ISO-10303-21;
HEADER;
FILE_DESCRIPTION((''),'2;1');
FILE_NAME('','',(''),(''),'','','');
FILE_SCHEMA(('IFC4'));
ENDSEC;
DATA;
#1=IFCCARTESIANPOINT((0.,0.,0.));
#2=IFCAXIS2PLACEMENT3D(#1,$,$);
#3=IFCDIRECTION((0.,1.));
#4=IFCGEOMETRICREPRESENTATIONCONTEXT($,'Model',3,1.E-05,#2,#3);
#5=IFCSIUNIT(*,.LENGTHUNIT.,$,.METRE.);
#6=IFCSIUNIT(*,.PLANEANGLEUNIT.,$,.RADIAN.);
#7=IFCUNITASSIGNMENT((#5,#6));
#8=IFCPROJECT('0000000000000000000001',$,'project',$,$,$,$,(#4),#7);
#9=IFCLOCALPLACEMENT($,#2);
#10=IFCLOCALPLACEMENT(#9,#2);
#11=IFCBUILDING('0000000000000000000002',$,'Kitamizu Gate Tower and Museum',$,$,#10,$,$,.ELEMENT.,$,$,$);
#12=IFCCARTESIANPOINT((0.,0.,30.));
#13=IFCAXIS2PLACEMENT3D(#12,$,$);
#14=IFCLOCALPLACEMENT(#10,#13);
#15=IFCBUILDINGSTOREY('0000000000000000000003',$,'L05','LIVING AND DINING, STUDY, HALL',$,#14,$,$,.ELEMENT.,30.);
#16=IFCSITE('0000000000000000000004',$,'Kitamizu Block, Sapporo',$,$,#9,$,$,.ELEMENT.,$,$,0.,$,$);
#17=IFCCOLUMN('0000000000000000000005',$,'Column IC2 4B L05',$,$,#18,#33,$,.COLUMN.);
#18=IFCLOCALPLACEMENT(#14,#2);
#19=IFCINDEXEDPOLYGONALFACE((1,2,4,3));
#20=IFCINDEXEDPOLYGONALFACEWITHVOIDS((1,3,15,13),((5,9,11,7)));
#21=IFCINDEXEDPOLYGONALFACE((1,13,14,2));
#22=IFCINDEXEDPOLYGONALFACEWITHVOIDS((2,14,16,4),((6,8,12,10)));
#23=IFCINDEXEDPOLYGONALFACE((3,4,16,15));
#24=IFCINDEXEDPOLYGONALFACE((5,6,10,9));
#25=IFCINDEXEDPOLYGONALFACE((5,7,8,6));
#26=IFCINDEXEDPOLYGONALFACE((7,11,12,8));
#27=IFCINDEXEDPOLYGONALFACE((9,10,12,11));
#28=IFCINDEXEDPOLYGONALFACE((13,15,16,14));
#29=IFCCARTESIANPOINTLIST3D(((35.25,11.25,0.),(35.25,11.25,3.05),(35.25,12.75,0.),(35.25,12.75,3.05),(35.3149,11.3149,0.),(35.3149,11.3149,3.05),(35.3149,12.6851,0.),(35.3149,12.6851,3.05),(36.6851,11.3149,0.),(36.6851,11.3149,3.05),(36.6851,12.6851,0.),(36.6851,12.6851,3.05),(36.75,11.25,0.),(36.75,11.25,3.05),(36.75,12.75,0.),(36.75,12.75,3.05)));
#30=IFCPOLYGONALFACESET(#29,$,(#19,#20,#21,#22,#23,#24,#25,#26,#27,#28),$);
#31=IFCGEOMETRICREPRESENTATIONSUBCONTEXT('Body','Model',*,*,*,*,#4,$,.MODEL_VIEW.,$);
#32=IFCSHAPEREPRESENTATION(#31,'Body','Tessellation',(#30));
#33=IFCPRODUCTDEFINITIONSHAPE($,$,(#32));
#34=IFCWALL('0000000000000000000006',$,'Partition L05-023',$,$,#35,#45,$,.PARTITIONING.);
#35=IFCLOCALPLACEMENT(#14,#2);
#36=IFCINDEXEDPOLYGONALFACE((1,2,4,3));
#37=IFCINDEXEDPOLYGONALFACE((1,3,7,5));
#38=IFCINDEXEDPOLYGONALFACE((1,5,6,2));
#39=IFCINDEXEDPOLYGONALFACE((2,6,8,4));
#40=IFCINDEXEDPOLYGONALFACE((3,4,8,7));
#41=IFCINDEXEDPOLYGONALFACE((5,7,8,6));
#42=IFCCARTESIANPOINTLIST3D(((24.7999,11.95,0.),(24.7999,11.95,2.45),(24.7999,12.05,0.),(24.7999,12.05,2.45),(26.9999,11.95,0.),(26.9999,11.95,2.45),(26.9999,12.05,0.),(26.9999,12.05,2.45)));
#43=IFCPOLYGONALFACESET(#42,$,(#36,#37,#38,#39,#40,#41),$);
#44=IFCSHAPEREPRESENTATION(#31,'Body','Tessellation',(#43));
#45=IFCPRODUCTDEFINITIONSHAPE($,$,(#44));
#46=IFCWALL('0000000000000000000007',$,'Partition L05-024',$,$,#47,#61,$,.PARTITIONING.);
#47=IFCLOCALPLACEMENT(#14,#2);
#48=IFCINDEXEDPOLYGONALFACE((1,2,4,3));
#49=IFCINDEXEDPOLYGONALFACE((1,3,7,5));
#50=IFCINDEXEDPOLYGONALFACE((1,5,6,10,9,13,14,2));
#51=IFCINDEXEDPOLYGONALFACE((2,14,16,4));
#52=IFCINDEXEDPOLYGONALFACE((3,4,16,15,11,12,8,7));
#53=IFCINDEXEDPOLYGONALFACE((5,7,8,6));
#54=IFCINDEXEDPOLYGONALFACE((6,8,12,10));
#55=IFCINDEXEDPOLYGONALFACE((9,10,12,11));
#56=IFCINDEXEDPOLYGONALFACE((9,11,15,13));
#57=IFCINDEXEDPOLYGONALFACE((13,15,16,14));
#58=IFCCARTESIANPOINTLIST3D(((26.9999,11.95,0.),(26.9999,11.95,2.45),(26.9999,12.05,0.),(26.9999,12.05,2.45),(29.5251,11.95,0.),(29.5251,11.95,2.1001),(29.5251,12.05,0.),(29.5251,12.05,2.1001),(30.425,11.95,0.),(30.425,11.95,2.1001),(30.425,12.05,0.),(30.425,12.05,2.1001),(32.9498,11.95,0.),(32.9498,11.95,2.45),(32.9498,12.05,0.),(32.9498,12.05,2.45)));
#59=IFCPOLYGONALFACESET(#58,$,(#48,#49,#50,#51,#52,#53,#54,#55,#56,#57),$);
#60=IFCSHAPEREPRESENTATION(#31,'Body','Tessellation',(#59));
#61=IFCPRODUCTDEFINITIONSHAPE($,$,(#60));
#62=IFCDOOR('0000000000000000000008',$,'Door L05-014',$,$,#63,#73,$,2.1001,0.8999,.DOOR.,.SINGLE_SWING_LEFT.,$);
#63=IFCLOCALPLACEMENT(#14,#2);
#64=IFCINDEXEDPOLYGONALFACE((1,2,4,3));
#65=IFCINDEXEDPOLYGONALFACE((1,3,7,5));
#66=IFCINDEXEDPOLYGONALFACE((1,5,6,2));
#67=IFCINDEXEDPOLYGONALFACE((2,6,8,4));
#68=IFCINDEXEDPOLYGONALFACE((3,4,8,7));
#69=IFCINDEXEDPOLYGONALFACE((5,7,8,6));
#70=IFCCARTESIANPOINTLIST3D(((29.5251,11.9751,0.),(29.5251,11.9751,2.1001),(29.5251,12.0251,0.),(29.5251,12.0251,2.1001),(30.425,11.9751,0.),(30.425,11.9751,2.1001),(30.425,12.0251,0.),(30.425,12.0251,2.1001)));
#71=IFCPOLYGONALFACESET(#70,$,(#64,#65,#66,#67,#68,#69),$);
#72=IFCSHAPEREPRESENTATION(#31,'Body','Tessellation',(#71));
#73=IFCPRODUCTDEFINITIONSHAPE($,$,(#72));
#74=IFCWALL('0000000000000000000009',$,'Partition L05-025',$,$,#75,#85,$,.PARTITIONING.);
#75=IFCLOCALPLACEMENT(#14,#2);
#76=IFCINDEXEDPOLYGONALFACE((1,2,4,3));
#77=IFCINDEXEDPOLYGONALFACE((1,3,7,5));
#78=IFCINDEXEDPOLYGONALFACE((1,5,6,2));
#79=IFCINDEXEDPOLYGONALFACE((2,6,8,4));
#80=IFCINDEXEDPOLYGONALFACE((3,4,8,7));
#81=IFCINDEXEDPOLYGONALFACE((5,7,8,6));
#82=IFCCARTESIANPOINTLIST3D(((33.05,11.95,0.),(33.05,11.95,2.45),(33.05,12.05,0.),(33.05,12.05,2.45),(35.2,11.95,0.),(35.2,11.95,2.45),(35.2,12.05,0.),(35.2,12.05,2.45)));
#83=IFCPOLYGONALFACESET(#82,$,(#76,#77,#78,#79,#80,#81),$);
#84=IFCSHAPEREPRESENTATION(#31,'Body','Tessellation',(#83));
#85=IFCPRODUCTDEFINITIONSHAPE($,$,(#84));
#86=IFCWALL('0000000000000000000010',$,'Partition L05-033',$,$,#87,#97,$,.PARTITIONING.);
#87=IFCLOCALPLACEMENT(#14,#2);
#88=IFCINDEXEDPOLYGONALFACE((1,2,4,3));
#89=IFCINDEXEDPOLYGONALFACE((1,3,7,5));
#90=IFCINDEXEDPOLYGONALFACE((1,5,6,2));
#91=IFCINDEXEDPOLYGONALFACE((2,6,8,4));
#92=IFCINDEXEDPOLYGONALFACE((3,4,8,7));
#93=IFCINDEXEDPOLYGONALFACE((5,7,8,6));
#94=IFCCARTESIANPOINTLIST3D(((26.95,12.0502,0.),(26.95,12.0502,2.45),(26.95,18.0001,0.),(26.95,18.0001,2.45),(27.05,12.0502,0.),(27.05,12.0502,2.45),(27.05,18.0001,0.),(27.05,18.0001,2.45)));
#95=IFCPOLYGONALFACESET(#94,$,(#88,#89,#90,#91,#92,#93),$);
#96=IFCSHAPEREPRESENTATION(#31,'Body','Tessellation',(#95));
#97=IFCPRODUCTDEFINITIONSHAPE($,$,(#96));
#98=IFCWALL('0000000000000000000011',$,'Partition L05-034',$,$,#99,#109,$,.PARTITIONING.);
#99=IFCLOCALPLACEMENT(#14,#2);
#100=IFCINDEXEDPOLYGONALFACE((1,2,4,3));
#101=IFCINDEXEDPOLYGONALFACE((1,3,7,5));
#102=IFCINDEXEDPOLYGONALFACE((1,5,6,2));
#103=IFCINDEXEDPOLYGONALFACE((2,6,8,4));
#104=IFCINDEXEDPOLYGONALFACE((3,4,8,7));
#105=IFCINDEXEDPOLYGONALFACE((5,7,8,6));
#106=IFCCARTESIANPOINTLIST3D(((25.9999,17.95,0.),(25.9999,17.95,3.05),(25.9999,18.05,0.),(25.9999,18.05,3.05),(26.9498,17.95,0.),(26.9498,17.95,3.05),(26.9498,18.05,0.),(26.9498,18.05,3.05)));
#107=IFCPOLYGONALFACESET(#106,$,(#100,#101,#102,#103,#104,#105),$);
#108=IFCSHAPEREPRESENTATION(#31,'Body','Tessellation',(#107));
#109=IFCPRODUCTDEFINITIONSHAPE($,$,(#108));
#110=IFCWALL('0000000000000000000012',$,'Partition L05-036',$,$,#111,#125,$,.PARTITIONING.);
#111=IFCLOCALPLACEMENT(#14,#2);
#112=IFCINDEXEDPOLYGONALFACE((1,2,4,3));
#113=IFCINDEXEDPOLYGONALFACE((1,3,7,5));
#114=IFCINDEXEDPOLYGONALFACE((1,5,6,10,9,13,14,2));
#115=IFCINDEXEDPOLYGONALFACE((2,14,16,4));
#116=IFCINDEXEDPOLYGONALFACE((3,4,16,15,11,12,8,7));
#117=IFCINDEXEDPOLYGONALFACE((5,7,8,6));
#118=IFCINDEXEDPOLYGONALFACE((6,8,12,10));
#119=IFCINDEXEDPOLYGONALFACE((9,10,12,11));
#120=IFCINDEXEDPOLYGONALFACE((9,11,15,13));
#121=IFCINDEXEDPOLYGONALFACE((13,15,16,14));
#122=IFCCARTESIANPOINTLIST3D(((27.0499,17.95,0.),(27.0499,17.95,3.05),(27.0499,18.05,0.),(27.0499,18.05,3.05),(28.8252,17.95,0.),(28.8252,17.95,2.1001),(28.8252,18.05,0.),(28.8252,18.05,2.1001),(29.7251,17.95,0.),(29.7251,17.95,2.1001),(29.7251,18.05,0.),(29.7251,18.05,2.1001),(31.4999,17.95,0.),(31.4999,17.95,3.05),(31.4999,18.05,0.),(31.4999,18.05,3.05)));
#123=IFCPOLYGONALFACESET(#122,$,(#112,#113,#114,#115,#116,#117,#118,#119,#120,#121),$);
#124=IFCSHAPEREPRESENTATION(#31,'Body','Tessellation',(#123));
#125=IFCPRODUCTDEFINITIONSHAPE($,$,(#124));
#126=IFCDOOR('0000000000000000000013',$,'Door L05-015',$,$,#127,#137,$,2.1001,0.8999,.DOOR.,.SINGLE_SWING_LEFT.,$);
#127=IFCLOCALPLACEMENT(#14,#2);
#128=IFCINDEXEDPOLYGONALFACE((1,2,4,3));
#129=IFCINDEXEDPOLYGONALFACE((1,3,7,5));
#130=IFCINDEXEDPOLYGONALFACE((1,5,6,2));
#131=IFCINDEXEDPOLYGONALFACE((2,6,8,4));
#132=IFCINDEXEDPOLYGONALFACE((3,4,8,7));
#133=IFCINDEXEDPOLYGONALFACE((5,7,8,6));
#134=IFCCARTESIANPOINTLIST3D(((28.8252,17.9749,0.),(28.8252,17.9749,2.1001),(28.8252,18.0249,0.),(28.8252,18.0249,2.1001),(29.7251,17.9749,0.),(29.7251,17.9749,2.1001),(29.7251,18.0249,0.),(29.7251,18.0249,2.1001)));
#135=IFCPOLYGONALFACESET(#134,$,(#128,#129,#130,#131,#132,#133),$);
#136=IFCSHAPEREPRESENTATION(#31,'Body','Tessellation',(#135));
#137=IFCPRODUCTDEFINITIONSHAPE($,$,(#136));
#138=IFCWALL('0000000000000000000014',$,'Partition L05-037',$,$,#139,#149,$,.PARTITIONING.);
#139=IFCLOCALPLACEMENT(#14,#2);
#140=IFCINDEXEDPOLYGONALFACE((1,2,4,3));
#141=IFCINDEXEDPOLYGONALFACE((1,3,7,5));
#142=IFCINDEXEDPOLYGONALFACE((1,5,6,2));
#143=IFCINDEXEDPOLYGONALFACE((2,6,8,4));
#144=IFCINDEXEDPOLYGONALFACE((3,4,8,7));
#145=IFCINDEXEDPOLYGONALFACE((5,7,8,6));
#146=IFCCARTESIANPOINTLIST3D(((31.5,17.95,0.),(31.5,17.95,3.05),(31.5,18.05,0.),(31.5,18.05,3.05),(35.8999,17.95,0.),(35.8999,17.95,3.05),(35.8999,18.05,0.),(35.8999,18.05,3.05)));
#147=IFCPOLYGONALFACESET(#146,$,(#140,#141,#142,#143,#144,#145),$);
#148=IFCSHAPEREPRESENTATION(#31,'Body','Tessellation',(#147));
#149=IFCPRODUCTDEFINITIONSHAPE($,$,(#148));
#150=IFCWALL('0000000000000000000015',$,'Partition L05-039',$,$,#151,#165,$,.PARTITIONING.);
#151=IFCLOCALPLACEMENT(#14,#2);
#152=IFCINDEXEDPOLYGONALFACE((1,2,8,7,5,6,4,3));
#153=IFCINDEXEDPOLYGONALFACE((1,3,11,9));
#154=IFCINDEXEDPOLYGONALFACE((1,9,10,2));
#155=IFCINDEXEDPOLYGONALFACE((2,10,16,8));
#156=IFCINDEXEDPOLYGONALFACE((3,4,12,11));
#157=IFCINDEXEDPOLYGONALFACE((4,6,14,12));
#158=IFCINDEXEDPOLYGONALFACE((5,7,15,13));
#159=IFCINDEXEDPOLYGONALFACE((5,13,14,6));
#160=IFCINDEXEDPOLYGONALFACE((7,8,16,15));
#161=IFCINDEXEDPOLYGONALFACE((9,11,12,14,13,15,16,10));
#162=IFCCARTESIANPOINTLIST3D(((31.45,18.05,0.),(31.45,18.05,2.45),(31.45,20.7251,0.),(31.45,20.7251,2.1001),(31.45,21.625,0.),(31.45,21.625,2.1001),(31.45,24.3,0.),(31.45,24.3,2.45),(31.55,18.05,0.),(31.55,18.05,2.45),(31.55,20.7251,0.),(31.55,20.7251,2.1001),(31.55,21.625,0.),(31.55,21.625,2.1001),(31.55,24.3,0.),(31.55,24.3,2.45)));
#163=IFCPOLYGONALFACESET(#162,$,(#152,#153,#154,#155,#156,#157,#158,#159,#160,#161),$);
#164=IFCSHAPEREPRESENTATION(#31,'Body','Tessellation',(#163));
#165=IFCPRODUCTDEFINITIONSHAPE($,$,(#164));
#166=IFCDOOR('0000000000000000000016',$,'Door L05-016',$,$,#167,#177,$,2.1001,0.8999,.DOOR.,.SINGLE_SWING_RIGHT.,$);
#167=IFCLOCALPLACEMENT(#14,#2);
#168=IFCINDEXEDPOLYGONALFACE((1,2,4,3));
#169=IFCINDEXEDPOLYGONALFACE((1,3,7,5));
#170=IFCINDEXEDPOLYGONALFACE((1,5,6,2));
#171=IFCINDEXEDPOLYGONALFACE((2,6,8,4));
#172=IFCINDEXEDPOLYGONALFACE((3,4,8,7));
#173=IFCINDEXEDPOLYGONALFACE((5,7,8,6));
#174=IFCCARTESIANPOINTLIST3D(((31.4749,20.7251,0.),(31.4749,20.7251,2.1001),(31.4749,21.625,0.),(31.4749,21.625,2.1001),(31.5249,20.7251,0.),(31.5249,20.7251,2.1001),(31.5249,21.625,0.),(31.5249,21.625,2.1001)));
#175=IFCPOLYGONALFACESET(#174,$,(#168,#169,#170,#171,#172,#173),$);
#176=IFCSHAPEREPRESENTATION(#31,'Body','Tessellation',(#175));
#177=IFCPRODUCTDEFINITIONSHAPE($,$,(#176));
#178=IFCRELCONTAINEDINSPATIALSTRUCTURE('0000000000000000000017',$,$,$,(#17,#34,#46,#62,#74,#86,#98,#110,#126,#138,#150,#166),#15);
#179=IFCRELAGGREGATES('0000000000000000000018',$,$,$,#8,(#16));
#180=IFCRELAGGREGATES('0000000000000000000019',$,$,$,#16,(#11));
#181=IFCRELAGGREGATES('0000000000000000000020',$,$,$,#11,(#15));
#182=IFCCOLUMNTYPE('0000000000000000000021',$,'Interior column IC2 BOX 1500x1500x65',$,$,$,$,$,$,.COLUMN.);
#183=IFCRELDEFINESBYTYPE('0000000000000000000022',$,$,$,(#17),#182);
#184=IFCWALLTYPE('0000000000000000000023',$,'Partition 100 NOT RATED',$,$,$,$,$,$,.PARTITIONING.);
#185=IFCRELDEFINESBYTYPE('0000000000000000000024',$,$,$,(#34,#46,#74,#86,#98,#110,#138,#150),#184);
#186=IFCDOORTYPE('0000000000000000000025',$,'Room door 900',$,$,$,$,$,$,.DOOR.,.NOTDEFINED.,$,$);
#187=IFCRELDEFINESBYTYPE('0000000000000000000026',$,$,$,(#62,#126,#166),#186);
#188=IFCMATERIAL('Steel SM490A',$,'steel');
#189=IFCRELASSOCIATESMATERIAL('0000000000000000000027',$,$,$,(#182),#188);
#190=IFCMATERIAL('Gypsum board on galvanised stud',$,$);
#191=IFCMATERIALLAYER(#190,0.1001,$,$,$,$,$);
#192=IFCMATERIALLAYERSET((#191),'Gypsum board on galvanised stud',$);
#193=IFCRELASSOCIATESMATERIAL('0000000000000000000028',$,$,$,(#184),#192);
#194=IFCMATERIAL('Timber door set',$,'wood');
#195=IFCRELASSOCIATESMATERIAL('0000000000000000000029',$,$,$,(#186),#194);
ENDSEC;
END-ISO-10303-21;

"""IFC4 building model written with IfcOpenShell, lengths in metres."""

from ifc_helpers import new_model, si_unit, direction, frame, frame_2d, origin, origin_2d, place, context, subcontext, project, spatial, rectangle, hollow_rectangle, extrude, material, layer, layer_set, material_profile, profile_set, type_object, element, fill, save


model = new_model("IFC4")

# Units and contexts
model_context = context("Model", 3, precision=1e-05, world=origin(), true_north=direction((0.0, 1.0)))
body_context = subcontext(model_context, "Body", "Model", "MODEL_VIEW")
ifc_project = project(units=[si_unit("LENGTHUNIT", "METRE"), si_unit("PLANEANGLEUNIT", "RADIAN")], contexts=[model_context])

# Site, building, storey
site_placement = place(None, origin())
site = spatial("IfcSite", under=ifc_project, at=site_placement, Name="Kitamizu Block, Sapporo", CompositionType="ELEMENT", RefElevation=0.0)
building_placement = place(site_placement, origin())
building = spatial("IfcBuilding", under=site, at=building_placement, Name="Kitamizu Gate Tower and Museum", CompositionType="ELEMENT")
storey_placement = place(building_placement, frame((0.0, 0.0, 30.0)))
storey = spatial("IfcBuildingStorey", under=building, at=storey_placement, Name="L05", Description="LIVING AND DINING, STUDY, HALL", CompositionType="ELEMENT", Elevation=30.0)

# Column
ifc_material_1 = material(Name="Steel SM490A", Category="steel")
ifc_material_profile = material_profile(ifc_material_1, hollow_rectangle(XDim=1.5, YDim=1.5, WallThickness=0.0649, at=origin_2d()), Name="BOX 1500x1500x65")
ifc_profile_set = profile_set([ifc_material_profile], Name="Steel SM490A")
column_type = type_object("IfcColumnType", Name="Interior column IC2 BOX 1500x1500x65", PredefinedType="COLUMN", material=ifc_profile_set)
column_placement = place(storey_placement, frame((36.0, 12.0, 0.0), z_axis=(0.0, 0.0, 1.0), x_axis=(1.0, 0.0, 0.0)))
element("IfcColumn", 1, at=column_placement, inside=storey, type_object=column_type, Name="Column IC2 4B L05", PredefinedType="COLUMN", context=body_context, shape_type="SweptSolid", body=[
    extrude(hollow_rectangle(XDim=1.5, YDim=1.5, WallThickness=0.0649, at=origin_2d()), origin(), (0.0, 0.0, 1.0), 3.05),
])

# Wall
ifc_material_2 = material(Name="Gypsum board on galvanised stud")
ifc_layer_1 = layer(ifc_material_2, 0.1001)
ifc_layer_set_1 = layer_set([ifc_layer_1], Name="Gypsum board on galvanised stud")
wall_type_1 = type_object("IfcWallType", Name="Partition 100 NOT RATED", PredefinedType="PARTITIONING", material=ifc_layer_set_1)
wall_1_placement = place(storey_placement, frame((27.0, 12.0, 0.0), z_axis=(0.0, 0.0, 1.0), x_axis=(-1.0, 0.0, 0.0)))
element("IfcWall", 2, at=wall_1_placement, inside=storey, type_object=wall_type_1, Name="Partition L05-023", PredefinedType="PARTITIONING", context=body_context, shape_type="SweptSolid", body=[
    extrude(rectangle(XDim=2.2, YDim=0.1001, at=frame_2d((1.1001, 0.0))), origin(), (0.0, 0.0, 1.0), 2.45),
])

# Wall, opening, door
wall_2_placement = place(storey_placement, frame((32.95, 12.0, 0.0), z_axis=(0.0, 0.0, 1.0), x_axis=(-1.0, 0.0, 0.0)))
wall_2 = element("IfcWall", 3, at=wall_2_placement, inside=storey, type_object=wall_type_1, Name="Partition L05-024", PredefinedType="PARTITIONING", context=body_context, shape_type="SweptSolid", body=[
    extrude(rectangle(XDim=5.95, YDim=0.1001, at=frame_2d((2.9751, 0.0))), origin(), (0.0, 0.0, 1.0), 2.45),
])
opening_1_placement = place(wall_2_placement, frame((2.5249, 0.0, 0.0)))
opening_1 = element("IfcOpeningElement", 4, at=opening_1_placement, cuts=wall_2, PredefinedType="OPENING", context=body_context, shape_type="SweptSolid", body=[
    extrude(rectangle(XDim=0.8999, YDim=2.1001, at=frame_2d((0.45, 1.05))), frame((0.0, 0.0601, 0.0), z_axis=(0.0, -1.0, 0.0), x_axis=(1.0, 0.0, 0.0)), (0.0, 0.0, 1.0), 0.1201),
])
ifc_material_3 = material(Name="Timber door set", Category="wood")
door_type = type_object("IfcDoorType", Name="Room door 900", OperationType="NOTDEFINED", PredefinedType="DOOR", material=ifc_material_3)
door_1_placement = place(opening_1_placement, origin())
door_1 = element("IfcDoor", 5, at=door_1_placement, inside=storey, type_object=door_type, Name="Door L05-014", OperationType="SINGLE_SWING_LEFT", OverallHeight=2.1001, OverallWidth=0.8999, PredefinedType="DOOR", context=body_context, shape_type="SweptSolid", body=[
    extrude(rectangle(XDim=0.8999, YDim=2.1001, at=frame_2d((0.45, 1.05))), frame((0.0, 0.0249, 0.0), z_axis=(0.0, -1.0, 0.0), x_axis=(1.0, 0.0, 0.0)), (0.0, 0.0, 1.0), 0.05),
])
fill(opening_1, door_1)

# Walls
wall_3_placement = place(storey_placement, frame((35.2, 12.0, 0.0), z_axis=(0.0, 0.0, 1.0), x_axis=(-1.0, 0.0, 0.0)))
element("IfcWall", 6, at=wall_3_placement, inside=storey, type_object=wall_type_1, Name="Partition L05-025", PredefinedType="PARTITIONING", context=body_context, shape_type="SweptSolid", body=[
    extrude(rectangle(XDim=2.1499, YDim=0.1001, at=frame_2d((1.075, 0.0))), origin(), (0.0, 0.0, 1.0), 2.45),
])
wall_4_placement = place(storey_placement, frame((27.0, 12.05, 0.0), z_axis=(0.0, 0.0, 1.0), x_axis=(0.0, 1.0, 0.0)))
element("IfcWall", 7, at=wall_4_placement, inside=storey, type_object=wall_type_1, Name="Partition L05-033", PredefinedType="PARTITIONING", context=body_context, shape_type="SweptSolid", body=[
    extrude(rectangle(XDim=5.95, YDim=0.1001, at=frame_2d((2.9751, 0.0))), origin(), (0.0, 0.0, 1.0), 2.45),
])
wall_5_placement = place(storey_placement, frame((26.95, 18.0, 0.0), z_axis=(0.0, 0.0, 1.0), x_axis=(-1.0, 0.0, 0.0)))
element("IfcWall", 8, at=wall_5_placement, inside=storey, type_object=wall_type_1, Name="Partition L05-034", PredefinedType="PARTITIONING", context=body_context, shape_type="SweptSolid", body=[
    extrude(rectangle(XDim=0.95, YDim=0.1001, at=frame_2d((0.4751, 0.0))), origin(), (0.0, 0.0, 1.0), 3.05),
])

# Wall, opening, door
wall_6_placement = place(storey_placement, frame((31.5, 18.0, 0.0), z_axis=(0.0, 0.0, 1.0), x_axis=(-1.0, 0.0, 0.0)))
wall_6 = element("IfcWall", 9, at=wall_6_placement, inside=storey, type_object=wall_type_1, Name="Partition L05-036", PredefinedType="PARTITIONING", context=body_context, shape_type="SweptSolid", body=[
    extrude(rectangle(XDim=4.45, YDim=0.1001, at=frame_2d((2.2251, 0.0))), origin(), (0.0, 0.0, 1.0), 3.05),
])
opening_2_placement = place(wall_6_placement, frame((1.7749, 0.0, 0.0)))
opening_2 = element("IfcOpeningElement", 10, at=opening_2_placement, cuts=wall_6, PredefinedType="OPENING", context=body_context, shape_type="SweptSolid", body=[
    extrude(rectangle(XDim=0.8999, YDim=2.1001, at=frame_2d((0.45, 1.05))), frame((0.0, 0.0601, 0.0), z_axis=(0.0, -1.0, 0.0), x_axis=(1.0, 0.0, 0.0)), (0.0, 0.0, 1.0), 0.1201),
])
door_2_placement = place(opening_2_placement, frame((0.8999, 0.0, 0.0), x_axis=(-1.0, 0.0, 0.0)))
door_2 = element("IfcDoor", 11, at=door_2_placement, inside=storey, type_object=door_type, Name="Door L05-015", OperationType="SINGLE_SWING_LEFT", OverallHeight=2.1001, OverallWidth=0.8999, PredefinedType="DOOR", context=body_context, shape_type="SweptSolid", body=[
    extrude(rectangle(XDim=0.8999, YDim=2.1001, at=frame_2d((0.45, 1.05))), frame((0.0, 0.0249, 0.0), z_axis=(0.0, -1.0, 0.0), x_axis=(1.0, 0.0, 0.0)), (0.0, 0.0, 1.0), 0.05),
])
fill(opening_2, door_2)

# Wall
wall_7_placement = place(storey_placement, frame((35.8999, 18.0, 0.0), z_axis=(0.0, 0.0, 1.0), x_axis=(-1.0, 0.0, 0.0)))
element("IfcWall", 12, at=wall_7_placement, inside=storey, type_object=wall_type_1, Name="Partition L05-037", PredefinedType="PARTITIONING", context=body_context, shape_type="SweptSolid", body=[
    extrude(rectangle(XDim=4.3999, YDim=0.1001, at=frame_2d((2.2, 0.0))), origin(), (0.0, 0.0, 1.0), 3.05),
])

# Wall, opening, door
wall_8_placement = place(storey_placement, frame((31.5, 18.05, 0.0), z_axis=(0.0, 0.0, 1.0), x_axis=(0.0, 1.0, 0.0)))
wall_8 = element("IfcWall", 13, at=wall_8_placement, inside=storey, type_object=wall_type_1, Name="Partition L05-039", PredefinedType="PARTITIONING", context=body_context, shape_type="SweptSolid", body=[
    extrude(rectangle(XDim=6.25, YDim=0.1001, at=frame_2d((3.125, 0.0))), origin(), (0.0, 0.0, 1.0), 2.45),
])
opening_3_placement = place(wall_8_placement, frame((2.675, 0.0, 0.0)))
opening_3 = element("IfcOpeningElement", 14, at=opening_3_placement, cuts=wall_8, PredefinedType="OPENING", context=body_context, shape_type="SweptSolid", body=[
    extrude(rectangle(XDim=0.8999, YDim=2.1001, at=frame_2d((0.45, 1.05))), frame((0.0, 0.0601, 0.0), z_axis=(0.0, -1.0, 0.0), x_axis=(1.0, 0.0, 0.0)), (0.0, 0.0, 1.0), 0.1201),
])
door_3_placement = place(opening_3_placement, frame((0.8999, 0.0, 0.0), x_axis=(-1.0, 0.0, 0.0)))
door_3 = element("IfcDoor", 15, at=door_3_placement, inside=storey, type_object=door_type, Name="Door L05-016", OperationType="SINGLE_SWING_RIGHT", OverallHeight=2.1001, OverallWidth=0.8999, PredefinedType="DOOR", context=body_context, shape_type="SweptSolid", body=[
    extrude(rectangle(XDim=0.8999, YDim=2.1001, at=frame_2d((0.45, 1.05))), frame((0.0, 0.0249, 0.0), z_axis=(0.0, -1.0, 0.0), x_axis=(1.0, 0.0, 0.0)), (0.0, 0.0, 1.0), 0.05),
])
fill(opening_3, door_3)

save(model, "model.ifc")
